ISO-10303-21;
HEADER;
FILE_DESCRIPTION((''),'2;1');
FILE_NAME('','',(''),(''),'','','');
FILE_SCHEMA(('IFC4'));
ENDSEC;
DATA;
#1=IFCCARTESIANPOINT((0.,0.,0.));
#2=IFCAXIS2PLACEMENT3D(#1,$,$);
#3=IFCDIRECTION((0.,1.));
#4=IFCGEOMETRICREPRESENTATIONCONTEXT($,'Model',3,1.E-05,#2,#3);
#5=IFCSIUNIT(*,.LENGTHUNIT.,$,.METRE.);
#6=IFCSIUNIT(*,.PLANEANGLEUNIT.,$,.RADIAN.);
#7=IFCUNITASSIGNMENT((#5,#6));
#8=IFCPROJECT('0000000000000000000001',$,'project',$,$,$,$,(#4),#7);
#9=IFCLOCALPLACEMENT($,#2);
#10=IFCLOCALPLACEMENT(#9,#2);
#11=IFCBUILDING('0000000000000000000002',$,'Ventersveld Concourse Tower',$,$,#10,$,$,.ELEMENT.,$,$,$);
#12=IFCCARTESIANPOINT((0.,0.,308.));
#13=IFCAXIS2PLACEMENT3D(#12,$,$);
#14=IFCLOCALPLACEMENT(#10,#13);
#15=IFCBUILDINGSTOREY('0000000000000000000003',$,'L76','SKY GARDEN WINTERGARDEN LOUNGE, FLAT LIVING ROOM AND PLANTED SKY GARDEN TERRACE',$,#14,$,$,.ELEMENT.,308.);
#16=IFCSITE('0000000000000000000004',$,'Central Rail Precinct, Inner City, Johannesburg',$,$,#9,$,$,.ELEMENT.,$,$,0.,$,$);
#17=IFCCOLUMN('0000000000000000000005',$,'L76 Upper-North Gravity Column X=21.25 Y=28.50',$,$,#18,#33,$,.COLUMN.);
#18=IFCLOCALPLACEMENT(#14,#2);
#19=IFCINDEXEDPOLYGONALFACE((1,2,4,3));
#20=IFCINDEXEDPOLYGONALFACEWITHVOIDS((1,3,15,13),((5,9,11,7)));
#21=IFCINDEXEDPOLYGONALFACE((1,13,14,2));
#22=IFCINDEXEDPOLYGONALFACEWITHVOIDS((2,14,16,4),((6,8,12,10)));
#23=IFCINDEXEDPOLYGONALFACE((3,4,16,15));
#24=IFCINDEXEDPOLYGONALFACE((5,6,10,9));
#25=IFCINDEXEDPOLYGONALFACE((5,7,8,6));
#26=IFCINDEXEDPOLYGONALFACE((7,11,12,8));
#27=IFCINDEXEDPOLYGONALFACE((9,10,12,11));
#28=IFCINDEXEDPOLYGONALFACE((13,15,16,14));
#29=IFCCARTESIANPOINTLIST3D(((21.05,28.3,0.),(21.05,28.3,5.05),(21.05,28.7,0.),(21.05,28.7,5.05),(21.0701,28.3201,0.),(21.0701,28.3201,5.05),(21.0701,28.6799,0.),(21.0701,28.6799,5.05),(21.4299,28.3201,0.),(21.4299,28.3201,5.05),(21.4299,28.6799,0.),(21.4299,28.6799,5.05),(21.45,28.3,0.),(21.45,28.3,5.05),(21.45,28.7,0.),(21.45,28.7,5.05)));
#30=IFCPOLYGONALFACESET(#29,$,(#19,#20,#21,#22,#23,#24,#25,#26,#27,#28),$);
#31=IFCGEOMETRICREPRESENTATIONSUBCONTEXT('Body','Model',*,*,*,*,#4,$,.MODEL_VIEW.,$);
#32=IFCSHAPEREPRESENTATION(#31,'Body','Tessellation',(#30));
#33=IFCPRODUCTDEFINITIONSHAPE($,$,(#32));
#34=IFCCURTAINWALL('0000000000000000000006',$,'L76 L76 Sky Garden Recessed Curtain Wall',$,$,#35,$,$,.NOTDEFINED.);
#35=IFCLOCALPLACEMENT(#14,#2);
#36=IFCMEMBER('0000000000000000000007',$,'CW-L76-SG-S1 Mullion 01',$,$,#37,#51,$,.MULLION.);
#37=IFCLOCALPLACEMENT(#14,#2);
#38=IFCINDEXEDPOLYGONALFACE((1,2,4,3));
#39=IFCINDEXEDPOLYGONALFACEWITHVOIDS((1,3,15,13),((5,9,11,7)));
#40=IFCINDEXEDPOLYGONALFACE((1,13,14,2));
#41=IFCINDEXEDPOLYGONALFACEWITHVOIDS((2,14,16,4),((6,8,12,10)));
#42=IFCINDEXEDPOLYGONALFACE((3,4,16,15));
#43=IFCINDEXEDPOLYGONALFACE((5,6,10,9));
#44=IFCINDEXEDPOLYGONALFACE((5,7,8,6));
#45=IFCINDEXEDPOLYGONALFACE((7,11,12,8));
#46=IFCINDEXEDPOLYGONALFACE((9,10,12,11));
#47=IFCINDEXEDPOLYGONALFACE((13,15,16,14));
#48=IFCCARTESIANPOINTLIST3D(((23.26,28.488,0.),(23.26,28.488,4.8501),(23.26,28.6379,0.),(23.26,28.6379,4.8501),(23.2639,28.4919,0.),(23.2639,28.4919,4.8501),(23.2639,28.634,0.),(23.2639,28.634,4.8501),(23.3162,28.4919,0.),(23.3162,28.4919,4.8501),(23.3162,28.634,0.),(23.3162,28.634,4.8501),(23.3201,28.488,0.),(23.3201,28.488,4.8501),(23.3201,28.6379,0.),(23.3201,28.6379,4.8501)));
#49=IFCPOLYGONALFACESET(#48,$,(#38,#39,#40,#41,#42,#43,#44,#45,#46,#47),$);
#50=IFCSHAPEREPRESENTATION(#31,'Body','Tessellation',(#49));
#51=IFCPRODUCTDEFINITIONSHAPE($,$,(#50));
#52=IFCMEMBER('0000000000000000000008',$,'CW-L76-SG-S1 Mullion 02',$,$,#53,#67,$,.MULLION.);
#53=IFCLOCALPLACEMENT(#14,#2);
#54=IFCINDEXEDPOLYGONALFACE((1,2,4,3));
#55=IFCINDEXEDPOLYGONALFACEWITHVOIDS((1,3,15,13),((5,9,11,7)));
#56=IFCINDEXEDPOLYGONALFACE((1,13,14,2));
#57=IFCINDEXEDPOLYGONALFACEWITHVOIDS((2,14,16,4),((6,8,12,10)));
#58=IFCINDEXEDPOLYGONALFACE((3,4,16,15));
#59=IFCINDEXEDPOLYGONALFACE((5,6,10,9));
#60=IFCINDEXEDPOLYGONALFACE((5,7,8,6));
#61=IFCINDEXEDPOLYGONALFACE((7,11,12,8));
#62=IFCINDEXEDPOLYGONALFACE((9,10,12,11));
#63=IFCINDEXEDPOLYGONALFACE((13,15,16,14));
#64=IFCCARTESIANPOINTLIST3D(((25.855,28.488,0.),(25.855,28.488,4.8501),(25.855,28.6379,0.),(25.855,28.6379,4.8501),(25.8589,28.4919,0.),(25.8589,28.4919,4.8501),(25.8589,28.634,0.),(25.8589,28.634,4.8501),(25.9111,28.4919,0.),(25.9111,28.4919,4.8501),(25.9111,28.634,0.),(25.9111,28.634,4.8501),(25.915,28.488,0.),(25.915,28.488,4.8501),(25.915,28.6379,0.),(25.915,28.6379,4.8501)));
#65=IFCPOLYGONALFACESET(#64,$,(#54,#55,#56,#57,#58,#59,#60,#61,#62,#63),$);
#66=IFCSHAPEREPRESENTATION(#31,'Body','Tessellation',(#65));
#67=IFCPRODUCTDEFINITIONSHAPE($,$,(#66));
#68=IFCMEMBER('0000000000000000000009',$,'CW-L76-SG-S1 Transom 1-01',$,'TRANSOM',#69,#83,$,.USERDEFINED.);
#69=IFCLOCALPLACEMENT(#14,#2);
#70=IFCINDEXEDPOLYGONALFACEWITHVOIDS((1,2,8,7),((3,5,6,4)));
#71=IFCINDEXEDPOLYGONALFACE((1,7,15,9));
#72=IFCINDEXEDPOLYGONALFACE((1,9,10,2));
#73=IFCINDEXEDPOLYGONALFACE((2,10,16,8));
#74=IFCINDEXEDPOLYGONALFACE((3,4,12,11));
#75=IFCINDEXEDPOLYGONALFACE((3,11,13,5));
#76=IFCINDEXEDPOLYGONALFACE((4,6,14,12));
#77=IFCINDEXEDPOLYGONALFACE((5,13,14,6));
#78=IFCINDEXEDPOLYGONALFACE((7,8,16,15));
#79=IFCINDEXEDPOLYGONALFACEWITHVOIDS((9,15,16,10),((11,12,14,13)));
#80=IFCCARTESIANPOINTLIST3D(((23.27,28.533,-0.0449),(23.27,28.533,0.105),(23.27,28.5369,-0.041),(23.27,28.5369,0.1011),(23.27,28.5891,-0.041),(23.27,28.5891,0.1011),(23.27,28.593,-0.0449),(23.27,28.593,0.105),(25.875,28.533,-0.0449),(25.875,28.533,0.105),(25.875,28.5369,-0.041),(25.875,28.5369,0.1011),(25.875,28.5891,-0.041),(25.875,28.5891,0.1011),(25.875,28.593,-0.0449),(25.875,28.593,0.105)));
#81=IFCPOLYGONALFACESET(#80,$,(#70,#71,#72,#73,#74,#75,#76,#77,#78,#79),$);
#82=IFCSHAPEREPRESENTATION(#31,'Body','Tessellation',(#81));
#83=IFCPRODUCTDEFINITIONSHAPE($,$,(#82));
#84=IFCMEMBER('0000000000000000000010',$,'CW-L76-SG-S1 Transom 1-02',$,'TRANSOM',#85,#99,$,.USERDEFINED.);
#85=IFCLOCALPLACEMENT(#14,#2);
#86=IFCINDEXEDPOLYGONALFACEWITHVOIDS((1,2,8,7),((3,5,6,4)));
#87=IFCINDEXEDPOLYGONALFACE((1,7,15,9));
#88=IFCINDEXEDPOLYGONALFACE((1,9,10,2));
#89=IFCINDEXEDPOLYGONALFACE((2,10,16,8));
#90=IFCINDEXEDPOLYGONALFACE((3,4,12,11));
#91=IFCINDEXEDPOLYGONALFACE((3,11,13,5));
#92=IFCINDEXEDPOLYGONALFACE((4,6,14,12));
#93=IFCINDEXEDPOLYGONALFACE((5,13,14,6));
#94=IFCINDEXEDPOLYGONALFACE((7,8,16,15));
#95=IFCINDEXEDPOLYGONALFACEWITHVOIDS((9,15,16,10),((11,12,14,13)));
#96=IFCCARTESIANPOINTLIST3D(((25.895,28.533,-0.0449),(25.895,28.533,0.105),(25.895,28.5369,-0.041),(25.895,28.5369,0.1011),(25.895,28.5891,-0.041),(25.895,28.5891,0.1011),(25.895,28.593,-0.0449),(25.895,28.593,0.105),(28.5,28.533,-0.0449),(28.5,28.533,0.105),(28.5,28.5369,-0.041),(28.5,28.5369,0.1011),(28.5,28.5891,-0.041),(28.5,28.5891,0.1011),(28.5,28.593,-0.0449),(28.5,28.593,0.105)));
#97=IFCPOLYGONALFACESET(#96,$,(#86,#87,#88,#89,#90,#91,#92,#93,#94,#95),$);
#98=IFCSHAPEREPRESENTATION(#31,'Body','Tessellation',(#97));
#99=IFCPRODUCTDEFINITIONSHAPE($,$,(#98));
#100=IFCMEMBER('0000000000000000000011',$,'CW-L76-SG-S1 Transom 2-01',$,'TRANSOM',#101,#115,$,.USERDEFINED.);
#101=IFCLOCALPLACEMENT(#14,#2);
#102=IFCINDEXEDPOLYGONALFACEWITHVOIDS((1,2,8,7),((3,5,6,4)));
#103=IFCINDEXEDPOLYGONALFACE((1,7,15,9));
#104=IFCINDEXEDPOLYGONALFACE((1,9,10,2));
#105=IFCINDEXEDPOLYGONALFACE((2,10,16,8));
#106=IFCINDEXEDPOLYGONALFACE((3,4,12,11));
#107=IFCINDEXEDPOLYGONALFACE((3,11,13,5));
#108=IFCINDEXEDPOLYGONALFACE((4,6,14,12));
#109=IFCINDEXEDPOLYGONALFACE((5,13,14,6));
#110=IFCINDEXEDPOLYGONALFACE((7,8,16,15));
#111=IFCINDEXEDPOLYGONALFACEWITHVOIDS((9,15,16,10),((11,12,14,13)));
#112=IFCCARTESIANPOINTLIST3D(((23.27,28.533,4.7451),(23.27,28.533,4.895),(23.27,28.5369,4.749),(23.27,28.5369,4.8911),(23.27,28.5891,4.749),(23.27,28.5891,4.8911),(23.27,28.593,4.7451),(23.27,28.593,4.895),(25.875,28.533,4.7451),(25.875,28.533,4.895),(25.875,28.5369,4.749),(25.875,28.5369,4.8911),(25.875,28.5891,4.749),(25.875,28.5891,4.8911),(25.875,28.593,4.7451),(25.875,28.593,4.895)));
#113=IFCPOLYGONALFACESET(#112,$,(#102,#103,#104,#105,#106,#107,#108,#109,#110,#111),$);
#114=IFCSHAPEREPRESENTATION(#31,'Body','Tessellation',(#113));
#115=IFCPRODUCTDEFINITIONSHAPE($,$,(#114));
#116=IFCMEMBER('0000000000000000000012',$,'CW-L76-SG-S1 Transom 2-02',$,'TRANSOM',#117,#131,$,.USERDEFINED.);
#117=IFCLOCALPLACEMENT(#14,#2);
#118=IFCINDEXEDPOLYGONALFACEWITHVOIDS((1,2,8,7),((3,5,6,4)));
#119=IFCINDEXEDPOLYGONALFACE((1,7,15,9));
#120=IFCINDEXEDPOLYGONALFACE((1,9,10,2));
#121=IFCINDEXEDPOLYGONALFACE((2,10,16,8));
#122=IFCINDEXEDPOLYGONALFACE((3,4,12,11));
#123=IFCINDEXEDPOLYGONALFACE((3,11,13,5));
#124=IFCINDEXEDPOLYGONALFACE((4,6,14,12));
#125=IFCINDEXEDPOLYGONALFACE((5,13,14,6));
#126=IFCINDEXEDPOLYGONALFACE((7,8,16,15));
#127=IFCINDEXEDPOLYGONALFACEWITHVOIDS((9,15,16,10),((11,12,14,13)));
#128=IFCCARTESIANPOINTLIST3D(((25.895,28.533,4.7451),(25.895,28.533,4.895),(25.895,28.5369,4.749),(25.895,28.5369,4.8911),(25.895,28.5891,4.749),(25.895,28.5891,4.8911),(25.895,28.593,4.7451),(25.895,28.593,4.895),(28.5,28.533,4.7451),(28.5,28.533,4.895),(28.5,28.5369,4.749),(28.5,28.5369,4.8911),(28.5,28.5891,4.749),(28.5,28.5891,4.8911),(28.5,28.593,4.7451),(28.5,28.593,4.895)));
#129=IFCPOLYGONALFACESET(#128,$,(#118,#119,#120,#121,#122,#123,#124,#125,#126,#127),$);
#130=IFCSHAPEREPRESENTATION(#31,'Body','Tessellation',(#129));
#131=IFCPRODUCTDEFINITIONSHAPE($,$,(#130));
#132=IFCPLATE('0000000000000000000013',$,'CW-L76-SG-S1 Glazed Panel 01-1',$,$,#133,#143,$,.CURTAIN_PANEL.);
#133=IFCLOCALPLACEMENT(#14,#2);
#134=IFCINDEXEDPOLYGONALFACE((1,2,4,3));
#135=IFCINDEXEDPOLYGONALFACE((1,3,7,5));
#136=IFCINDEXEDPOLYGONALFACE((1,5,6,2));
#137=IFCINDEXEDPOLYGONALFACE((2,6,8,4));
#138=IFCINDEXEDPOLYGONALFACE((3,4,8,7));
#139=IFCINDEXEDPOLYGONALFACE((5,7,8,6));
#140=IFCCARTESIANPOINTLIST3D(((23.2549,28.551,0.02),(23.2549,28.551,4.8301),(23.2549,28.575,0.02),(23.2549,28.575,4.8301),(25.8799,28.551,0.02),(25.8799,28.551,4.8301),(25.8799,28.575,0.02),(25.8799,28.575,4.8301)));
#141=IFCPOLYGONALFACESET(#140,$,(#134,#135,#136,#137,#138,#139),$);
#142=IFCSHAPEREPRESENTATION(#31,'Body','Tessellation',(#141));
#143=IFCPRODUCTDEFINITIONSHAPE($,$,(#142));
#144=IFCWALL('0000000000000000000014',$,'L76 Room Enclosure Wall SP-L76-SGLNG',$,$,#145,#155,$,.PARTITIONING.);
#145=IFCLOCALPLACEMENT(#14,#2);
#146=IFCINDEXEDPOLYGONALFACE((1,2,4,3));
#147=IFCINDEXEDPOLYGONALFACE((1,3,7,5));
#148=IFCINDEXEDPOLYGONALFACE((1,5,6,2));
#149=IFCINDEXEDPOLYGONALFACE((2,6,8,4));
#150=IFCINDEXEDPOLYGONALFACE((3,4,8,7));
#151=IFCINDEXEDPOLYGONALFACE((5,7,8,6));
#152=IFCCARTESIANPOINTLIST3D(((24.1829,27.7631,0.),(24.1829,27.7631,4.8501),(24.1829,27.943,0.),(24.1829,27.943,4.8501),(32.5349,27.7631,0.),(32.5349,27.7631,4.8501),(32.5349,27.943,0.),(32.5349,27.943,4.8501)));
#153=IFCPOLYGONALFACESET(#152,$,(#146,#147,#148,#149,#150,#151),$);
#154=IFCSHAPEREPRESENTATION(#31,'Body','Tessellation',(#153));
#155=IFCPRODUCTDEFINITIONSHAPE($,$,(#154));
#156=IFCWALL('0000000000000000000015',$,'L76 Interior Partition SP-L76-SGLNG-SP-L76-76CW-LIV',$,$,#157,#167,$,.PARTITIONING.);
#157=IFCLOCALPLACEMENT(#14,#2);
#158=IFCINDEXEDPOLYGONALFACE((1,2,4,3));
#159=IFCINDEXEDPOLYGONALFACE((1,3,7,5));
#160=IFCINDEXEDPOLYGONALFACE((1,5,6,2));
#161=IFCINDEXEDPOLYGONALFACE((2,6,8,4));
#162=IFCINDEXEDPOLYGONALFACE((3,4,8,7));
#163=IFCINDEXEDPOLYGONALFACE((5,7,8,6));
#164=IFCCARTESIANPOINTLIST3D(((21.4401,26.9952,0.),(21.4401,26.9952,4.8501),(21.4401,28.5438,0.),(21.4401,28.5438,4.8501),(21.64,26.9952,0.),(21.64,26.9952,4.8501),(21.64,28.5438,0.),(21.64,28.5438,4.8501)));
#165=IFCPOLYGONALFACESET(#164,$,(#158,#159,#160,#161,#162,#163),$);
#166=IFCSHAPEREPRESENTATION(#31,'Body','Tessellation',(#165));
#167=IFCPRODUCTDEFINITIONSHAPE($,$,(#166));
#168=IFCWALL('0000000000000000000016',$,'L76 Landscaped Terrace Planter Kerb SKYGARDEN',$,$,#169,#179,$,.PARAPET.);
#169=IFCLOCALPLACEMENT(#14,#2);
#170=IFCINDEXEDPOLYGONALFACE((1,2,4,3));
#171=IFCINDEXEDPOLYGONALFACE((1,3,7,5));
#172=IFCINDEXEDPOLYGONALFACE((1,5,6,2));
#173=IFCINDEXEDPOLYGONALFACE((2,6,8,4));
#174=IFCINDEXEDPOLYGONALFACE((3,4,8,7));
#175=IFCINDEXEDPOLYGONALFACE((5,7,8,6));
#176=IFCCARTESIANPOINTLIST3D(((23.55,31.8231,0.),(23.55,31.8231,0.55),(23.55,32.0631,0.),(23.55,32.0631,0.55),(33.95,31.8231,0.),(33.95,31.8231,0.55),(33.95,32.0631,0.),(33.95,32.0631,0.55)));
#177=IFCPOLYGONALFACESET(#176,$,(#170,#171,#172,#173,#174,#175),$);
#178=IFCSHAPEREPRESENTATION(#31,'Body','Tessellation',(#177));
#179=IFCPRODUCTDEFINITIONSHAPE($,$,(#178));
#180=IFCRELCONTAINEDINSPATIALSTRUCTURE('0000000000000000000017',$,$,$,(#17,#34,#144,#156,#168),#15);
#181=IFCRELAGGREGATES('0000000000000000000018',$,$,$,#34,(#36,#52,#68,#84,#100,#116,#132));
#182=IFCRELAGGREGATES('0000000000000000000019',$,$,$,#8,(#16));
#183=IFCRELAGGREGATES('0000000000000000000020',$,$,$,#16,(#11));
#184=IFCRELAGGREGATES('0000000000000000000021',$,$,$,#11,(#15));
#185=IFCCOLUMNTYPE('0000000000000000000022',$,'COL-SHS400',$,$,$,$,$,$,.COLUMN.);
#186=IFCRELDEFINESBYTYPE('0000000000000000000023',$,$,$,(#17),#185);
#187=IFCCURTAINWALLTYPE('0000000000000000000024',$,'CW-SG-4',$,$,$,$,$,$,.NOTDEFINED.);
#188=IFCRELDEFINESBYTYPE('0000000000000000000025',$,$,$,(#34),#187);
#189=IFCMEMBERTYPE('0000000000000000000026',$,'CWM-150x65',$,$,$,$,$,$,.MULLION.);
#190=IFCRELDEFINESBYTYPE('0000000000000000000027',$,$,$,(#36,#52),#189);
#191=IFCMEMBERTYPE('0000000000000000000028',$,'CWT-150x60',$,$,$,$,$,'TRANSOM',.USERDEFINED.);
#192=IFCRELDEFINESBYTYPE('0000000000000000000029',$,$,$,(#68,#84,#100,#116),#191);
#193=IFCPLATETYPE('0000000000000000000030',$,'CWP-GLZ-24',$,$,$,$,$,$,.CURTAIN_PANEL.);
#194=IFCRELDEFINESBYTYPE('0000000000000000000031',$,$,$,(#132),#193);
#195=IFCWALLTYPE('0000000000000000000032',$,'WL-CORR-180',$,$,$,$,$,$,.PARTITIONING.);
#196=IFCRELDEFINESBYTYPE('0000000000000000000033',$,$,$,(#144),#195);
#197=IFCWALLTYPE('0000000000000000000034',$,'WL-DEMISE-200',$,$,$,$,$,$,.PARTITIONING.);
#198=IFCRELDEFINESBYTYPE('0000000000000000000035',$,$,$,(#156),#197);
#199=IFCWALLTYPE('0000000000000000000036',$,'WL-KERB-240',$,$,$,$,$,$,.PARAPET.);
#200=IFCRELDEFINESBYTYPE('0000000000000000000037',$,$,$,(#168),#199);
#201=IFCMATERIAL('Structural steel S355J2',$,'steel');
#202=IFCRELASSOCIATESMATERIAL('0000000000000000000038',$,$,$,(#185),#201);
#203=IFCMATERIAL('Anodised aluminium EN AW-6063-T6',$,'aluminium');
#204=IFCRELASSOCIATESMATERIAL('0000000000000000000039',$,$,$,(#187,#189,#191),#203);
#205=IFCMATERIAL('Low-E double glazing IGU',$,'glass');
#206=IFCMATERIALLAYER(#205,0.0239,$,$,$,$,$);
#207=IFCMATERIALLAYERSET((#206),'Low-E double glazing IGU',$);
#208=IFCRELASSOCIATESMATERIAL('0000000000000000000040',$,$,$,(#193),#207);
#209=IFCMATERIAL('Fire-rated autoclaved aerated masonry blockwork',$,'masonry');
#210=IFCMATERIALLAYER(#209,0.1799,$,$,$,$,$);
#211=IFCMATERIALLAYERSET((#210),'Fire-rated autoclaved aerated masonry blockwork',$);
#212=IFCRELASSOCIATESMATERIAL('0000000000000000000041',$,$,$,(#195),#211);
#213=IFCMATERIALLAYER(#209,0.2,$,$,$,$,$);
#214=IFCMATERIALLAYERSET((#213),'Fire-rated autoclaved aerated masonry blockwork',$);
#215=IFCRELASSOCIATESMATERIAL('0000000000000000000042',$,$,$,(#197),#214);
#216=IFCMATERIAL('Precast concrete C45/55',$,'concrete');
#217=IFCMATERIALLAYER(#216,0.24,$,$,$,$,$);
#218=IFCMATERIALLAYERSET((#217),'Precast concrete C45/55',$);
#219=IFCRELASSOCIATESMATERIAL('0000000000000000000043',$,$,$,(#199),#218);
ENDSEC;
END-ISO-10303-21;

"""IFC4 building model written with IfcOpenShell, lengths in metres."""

from ifc_helpers import new_model, si_unit, direction, frame, frame_2d, origin, origin_2d, place, context, subcontext, project, spatial, rectangle, hollow_rectangle, extrude, material, layer, layer_set, material_profile, profile_set, type_object, element, aggregate, save


model = new_model("IFC4")

# Units and contexts
model_context = context("Model", 3, precision=1e-05, world=origin(), true_north=direction((0.0, 1.0)))
body_context = subcontext(model_context, "Body", "Model", "MODEL_VIEW")
ifc_project = project(units=[si_unit("LENGTHUNIT", "METRE"), si_unit("PLANEANGLEUNIT", "RADIAN")], contexts=[model_context])

# Site, building, storey
site_placement = place(None, origin())
site = spatial("IfcSite", under=ifc_project, at=site_placement, Name="Central Rail Precinct, Inner City, Johannesburg", CompositionType="ELEMENT", RefElevation=0.0)
building_placement = place(site_placement, origin())
building = spatial("IfcBuilding", under=site, at=building_placement, Name="Ventersveld Concourse Tower", CompositionType="ELEMENT")
storey_placement = place(building_placement, frame((0.0, 0.0, 308.0)))
storey = spatial("IfcBuildingStorey", under=building, at=storey_placement, Name="L76", Description="SKY GARDEN WINTERGARDEN LOUNGE, FLAT LIVING ROOM AND PLANTED SKY GARDEN TERRACE", CompositionType="ELEMENT", Elevation=308.0)

# Column
ifc_material_1 = material(Name="Structural steel S355J2", Category="steel")
ifc_material_profile_1 = material_profile(ifc_material_1, hollow_rectangle(XDim=0.3999, YDim=0.3999, WallThickness=0.02, at=origin_2d()), Name="SHS 400x400x20")
ifc_profile_set_1 = profile_set([ifc_material_profile_1], Name="Structural steel S355J2")
column_type = type_object("IfcColumnType", Name="COL-SHS400", PredefinedType="COLUMN", material=ifc_profile_set_1)
column_placement = place(storey_placement, frame((21.25, 28.5, 0.0), z_axis=(0.0, 0.0, 1.0), x_axis=(1.0, 0.0, 0.0)))
element("IfcColumn", 1, at=column_placement, inside=storey, type_object=column_type, Name="L76 Upper-North Gravity Column X=21.25 Y=28.50", PredefinedType="COLUMN", context=body_context, shape_type="SweptSolid", body=[
    extrude(hollow_rectangle(XDim=0.3999, YDim=0.3999, WallThickness=0.02, at=origin_2d()), origin(), (0.0, 0.0, 1.0), 5.05),
])

# Curtain wall, members, plate
ifc_material_2 = material(Name="Anodised aluminium EN AW-6063-T6", Category="aluminium")
curtain_wall_type = type_object("IfcCurtainWallType", Name="CW-SG-4", PredefinedType="NOTDEFINED", material=ifc_material_2)
curtain_wall_placement = place(storey_placement, origin())
curtain_wall = element("IfcCurtainWall", 2, at=curtain_wall_placement, inside=storey, type_object=curtain_wall_type, Name="L76 L76 Sky Garden Recessed Curtain Wall", PredefinedType="NOTDEFINED")
ifc_material_profile_2 = material_profile(ifc_material_2, hollow_rectangle(XDim=0.0601, YDim=0.1499, WallThickness=0.0039, at=origin_2d()), Name="ALU 150x60x4")
ifc_profile_set_2 = profile_set([ifc_material_profile_2], Name="Anodised aluminium EN AW-6063-T6")
member_type_1 = type_object("IfcMemberType", Name="CWM-150x65", PredefinedType="MULLION", material=ifc_profile_set_2)
member_1_placement = place(storey_placement, frame((23.29, 28.563, 0.0), z_axis=(0.0, 0.0, 1.0), x_axis=(1.0, 0.0, 0.0)))
member_1 = element("IfcMember", 3, at=member_1_placement, type_object=member_type_1, Name="CW-L76-SG-S1 Mullion 01", PredefinedType="MULLION", context=body_context, shape_type="SweptSolid", body=[
    extrude(hollow_rectangle(XDim=0.0601, YDim=0.1499, WallThickness=0.0039, at=origin_2d()), origin(), (0.0, 0.0, 1.0), 4.8501),
])
member_2_placement = place(storey_placement, frame((25.885, 28.563, 0.0), z_axis=(0.0, 0.0, 1.0), x_axis=(1.0, 0.0, 0.0)))
member_2 = element("IfcMember", 4, at=member_2_placement, type_object=member_type_1, Name="CW-L76-SG-S1 Mullion 02", PredefinedType="MULLION", context=body_context, shape_type="SweptSolid", body=[
    extrude(hollow_rectangle(XDim=0.0601, YDim=0.1499, WallThickness=0.0039, at=origin_2d()), origin(), (0.0, 0.0, 1.0), 4.8501),
])
ifc_material_profile_3 = material_profile(ifc_material_2, hollow_rectangle(XDim=0.0601, YDim=0.1499, WallThickness=0.0039, at=origin_2d()), Name="ALU 150x60x4")
ifc_profile_set_3 = profile_set([ifc_material_profile_3], Name="Anodised aluminium EN AW-6063-T6")
member_type_2 = type_object("IfcMemberType", Name="CWT-150x60", ElementType="TRANSOM", PredefinedType="USERDEFINED", material=ifc_profile_set_3)
member_3_placement = place(storey_placement, frame((23.27, 28.563, 0.03), z_axis=(1.0, 0.0, 0.0), x_axis=(0.0, 1.0, 0.0)))
member_3 = element("IfcMember", 5, at=member_3_placement, type_object=member_type_2, Name="CW-L76-SG-S1 Transom 1-01", ObjectType="TRANSOM", PredefinedType="USERDEFINED", context=body_context, shape_type="SweptSolid", body=[
    extrude(hollow_rectangle(XDim=0.0601, YDim=0.1499, WallThickness=0.0039, at=origin_2d()), origin(), (0.0, 0.0, 1.0), 2.605),
])
member_4_placement = place(storey_placement, frame((25.895, 28.563, 0.03), z_axis=(1.0, 0.0, 0.0), x_axis=(0.0, 1.0, 0.0)))
member_4 = element("IfcMember", 6, at=member_4_placement, type_object=member_type_2, Name="CW-L76-SG-S1 Transom 1-02", ObjectType="TRANSOM", PredefinedType="USERDEFINED", context=body_context, shape_type="SweptSolid", body=[
    extrude(hollow_rectangle(XDim=0.0601, YDim=0.1499, WallThickness=0.0039, at=origin_2d()), origin(), (0.0, 0.0, 1.0), 2.605),
])
member_5_placement = place(storey_placement, frame((23.27, 28.563, 4.8201), z_axis=(1.0, 0.0, 0.0), x_axis=(0.0, 1.0, 0.0)))
member_5 = element("IfcMember", 7, at=member_5_placement, type_object=member_type_2, Name="CW-L76-SG-S1 Transom 2-01", ObjectType="TRANSOM", PredefinedType="USERDEFINED", context=body_context, shape_type="SweptSolid", body=[
    extrude(hollow_rectangle(XDim=0.0601, YDim=0.1499, WallThickness=0.0039, at=origin_2d()), origin(), (0.0, 0.0, 1.0), 2.605),
])
member_6_placement = place(storey_placement, frame((25.895, 28.563, 4.8201), z_axis=(1.0, 0.0, 0.0), x_axis=(0.0, 1.0, 0.0)))
member_6 = element("IfcMember", 8, at=member_6_placement, type_object=member_type_2, Name="CW-L76-SG-S1 Transom 2-02", ObjectType="TRANSOM", PredefinedType="USERDEFINED", context=body_context, shape_type="SweptSolid", body=[
    extrude(hollow_rectangle(XDim=0.0601, YDim=0.1499, WallThickness=0.0039, at=origin_2d()), origin(), (0.0, 0.0, 1.0), 2.605),
])
ifc_material_3 = material(Name="Low-E double glazing IGU", Category="glass")
ifc_layer_1 = layer(ifc_material_3, 0.0239)
ifc_layer_set_1 = layer_set([ifc_layer_1], Name="Low-E double glazing IGU")
plate_type = type_object("IfcPlateType", Name="CWP-GLZ-24", PredefinedType="CURTAIN_PANEL", material=ifc_layer_set_1)
plate_placement = place(storey_placement, frame((24.5674, 28.563, 0.02), z_axis=(0.0, 0.0, 1.0), x_axis=(1.0, 0.0, 0.0)))
plate = element("IfcPlate", 9, at=plate_placement, type_object=plate_type, Name="CW-L76-SG-S1 Glazed Panel 01-1", PredefinedType="CURTAIN_PANEL", context=body_context, shape_type="SweptSolid", body=[
    extrude(rectangle(XDim=2.625, YDim=0.0239, at=origin_2d()), origin(), (0.0, 0.0, 1.0), 4.8101),
])
aggregate(curtain_wall, [member_1, member_2, member_3, member_4, member_5, member_6, plate])

# Walls
ifc_material_4 = material(Name="Fire-rated autoclaved aerated masonry blockwork", Category="masonry")
ifc_layer_2 = layer(ifc_material_4, 0.1799)
ifc_layer_set_2 = layer_set([ifc_layer_2], Name="Fire-rated autoclaved aerated masonry blockwork")
wall_type_1 = type_object("IfcWallType", Name="WL-CORR-180", PredefinedType="PARTITIONING", material=ifc_layer_set_2)
wall_1_placement = place(storey_placement, frame((24.1829, 27.853, 0.0), z_axis=(0.0, 0.0, 1.0), x_axis=(1.0, 0.0, 0.0)))
element("IfcWall", 10, at=wall_1_placement, inside=storey, type_object=wall_type_1, Name="L76 Room Enclosure Wall SP-L76-SGLNG", PredefinedType="PARTITIONING", context=body_context, shape_type="SweptSolid", body=[
    extrude(rectangle(XDim=8.3521, YDim=0.1799, at=frame_2d((4.176, 0.0))), origin(), (0.0, 0.0, 1.0), 4.8501),
])
ifc_layer_3 = layer(ifc_material_4, 0.2)
ifc_layer_set_3 = layer_set([ifc_layer_3], Name="Fire-rated autoclaved aerated masonry blockwork")
wall_type_2 = type_object("IfcWallType", Name="WL-DEMISE-200", PredefinedType="PARTITIONING", material=ifc_layer_set_3)
wall_2_placement = place(storey_placement, frame((21.54, 26.9951, 0.0), z_axis=(0.0, 0.0, 1.0), x_axis=(0.0, 1.0, 0.0)))
element("IfcWall", 11, at=wall_2_placement, inside=storey, type_object=wall_type_2, Name="L76 Interior Partition SP-L76-SGLNG-SP-L76-76CW-LIV", PredefinedType="PARTITIONING", context=body_context, shape_type="SweptSolid", body=[
    extrude(rectangle(XDim=1.5486, YDim=0.2, at=frame_2d((0.7744, 0.0))), origin(), (0.0, 0.0, 1.0), 4.8501),
])
ifc_material_5 = material(Name="Precast concrete C45/55", Category="concrete")
ifc_layer_4 = layer(ifc_material_5, 0.24)
ifc_layer_set_4 = layer_set([ifc_layer_4], Name="Precast concrete C45/55")
wall_type_3 = type_object("IfcWallType", Name="WL-KERB-240", PredefinedType="PARAPET", material=ifc_layer_set_4)
wall_3_placement = place(storey_placement, frame((23.55, 31.9431, 0.0), z_axis=(0.0, 0.0, 1.0), x_axis=(1.0, 0.0, 0.0)))
element("IfcWall", 12, at=wall_3_placement, inside=storey, type_object=wall_type_3, Name="L76 Landscaped Terrace Planter Kerb SKYGARDEN", PredefinedType="PARAPET", context=body_context, shape_type="SweptSolid", body=[
    extrude(rectangle(XDim=10.3999, YDim=0.24, at=frame_2d((5.2, 0.0))), origin(), (0.0, 0.0, 1.0), 0.55),
])

save(model, "model.ifc")
